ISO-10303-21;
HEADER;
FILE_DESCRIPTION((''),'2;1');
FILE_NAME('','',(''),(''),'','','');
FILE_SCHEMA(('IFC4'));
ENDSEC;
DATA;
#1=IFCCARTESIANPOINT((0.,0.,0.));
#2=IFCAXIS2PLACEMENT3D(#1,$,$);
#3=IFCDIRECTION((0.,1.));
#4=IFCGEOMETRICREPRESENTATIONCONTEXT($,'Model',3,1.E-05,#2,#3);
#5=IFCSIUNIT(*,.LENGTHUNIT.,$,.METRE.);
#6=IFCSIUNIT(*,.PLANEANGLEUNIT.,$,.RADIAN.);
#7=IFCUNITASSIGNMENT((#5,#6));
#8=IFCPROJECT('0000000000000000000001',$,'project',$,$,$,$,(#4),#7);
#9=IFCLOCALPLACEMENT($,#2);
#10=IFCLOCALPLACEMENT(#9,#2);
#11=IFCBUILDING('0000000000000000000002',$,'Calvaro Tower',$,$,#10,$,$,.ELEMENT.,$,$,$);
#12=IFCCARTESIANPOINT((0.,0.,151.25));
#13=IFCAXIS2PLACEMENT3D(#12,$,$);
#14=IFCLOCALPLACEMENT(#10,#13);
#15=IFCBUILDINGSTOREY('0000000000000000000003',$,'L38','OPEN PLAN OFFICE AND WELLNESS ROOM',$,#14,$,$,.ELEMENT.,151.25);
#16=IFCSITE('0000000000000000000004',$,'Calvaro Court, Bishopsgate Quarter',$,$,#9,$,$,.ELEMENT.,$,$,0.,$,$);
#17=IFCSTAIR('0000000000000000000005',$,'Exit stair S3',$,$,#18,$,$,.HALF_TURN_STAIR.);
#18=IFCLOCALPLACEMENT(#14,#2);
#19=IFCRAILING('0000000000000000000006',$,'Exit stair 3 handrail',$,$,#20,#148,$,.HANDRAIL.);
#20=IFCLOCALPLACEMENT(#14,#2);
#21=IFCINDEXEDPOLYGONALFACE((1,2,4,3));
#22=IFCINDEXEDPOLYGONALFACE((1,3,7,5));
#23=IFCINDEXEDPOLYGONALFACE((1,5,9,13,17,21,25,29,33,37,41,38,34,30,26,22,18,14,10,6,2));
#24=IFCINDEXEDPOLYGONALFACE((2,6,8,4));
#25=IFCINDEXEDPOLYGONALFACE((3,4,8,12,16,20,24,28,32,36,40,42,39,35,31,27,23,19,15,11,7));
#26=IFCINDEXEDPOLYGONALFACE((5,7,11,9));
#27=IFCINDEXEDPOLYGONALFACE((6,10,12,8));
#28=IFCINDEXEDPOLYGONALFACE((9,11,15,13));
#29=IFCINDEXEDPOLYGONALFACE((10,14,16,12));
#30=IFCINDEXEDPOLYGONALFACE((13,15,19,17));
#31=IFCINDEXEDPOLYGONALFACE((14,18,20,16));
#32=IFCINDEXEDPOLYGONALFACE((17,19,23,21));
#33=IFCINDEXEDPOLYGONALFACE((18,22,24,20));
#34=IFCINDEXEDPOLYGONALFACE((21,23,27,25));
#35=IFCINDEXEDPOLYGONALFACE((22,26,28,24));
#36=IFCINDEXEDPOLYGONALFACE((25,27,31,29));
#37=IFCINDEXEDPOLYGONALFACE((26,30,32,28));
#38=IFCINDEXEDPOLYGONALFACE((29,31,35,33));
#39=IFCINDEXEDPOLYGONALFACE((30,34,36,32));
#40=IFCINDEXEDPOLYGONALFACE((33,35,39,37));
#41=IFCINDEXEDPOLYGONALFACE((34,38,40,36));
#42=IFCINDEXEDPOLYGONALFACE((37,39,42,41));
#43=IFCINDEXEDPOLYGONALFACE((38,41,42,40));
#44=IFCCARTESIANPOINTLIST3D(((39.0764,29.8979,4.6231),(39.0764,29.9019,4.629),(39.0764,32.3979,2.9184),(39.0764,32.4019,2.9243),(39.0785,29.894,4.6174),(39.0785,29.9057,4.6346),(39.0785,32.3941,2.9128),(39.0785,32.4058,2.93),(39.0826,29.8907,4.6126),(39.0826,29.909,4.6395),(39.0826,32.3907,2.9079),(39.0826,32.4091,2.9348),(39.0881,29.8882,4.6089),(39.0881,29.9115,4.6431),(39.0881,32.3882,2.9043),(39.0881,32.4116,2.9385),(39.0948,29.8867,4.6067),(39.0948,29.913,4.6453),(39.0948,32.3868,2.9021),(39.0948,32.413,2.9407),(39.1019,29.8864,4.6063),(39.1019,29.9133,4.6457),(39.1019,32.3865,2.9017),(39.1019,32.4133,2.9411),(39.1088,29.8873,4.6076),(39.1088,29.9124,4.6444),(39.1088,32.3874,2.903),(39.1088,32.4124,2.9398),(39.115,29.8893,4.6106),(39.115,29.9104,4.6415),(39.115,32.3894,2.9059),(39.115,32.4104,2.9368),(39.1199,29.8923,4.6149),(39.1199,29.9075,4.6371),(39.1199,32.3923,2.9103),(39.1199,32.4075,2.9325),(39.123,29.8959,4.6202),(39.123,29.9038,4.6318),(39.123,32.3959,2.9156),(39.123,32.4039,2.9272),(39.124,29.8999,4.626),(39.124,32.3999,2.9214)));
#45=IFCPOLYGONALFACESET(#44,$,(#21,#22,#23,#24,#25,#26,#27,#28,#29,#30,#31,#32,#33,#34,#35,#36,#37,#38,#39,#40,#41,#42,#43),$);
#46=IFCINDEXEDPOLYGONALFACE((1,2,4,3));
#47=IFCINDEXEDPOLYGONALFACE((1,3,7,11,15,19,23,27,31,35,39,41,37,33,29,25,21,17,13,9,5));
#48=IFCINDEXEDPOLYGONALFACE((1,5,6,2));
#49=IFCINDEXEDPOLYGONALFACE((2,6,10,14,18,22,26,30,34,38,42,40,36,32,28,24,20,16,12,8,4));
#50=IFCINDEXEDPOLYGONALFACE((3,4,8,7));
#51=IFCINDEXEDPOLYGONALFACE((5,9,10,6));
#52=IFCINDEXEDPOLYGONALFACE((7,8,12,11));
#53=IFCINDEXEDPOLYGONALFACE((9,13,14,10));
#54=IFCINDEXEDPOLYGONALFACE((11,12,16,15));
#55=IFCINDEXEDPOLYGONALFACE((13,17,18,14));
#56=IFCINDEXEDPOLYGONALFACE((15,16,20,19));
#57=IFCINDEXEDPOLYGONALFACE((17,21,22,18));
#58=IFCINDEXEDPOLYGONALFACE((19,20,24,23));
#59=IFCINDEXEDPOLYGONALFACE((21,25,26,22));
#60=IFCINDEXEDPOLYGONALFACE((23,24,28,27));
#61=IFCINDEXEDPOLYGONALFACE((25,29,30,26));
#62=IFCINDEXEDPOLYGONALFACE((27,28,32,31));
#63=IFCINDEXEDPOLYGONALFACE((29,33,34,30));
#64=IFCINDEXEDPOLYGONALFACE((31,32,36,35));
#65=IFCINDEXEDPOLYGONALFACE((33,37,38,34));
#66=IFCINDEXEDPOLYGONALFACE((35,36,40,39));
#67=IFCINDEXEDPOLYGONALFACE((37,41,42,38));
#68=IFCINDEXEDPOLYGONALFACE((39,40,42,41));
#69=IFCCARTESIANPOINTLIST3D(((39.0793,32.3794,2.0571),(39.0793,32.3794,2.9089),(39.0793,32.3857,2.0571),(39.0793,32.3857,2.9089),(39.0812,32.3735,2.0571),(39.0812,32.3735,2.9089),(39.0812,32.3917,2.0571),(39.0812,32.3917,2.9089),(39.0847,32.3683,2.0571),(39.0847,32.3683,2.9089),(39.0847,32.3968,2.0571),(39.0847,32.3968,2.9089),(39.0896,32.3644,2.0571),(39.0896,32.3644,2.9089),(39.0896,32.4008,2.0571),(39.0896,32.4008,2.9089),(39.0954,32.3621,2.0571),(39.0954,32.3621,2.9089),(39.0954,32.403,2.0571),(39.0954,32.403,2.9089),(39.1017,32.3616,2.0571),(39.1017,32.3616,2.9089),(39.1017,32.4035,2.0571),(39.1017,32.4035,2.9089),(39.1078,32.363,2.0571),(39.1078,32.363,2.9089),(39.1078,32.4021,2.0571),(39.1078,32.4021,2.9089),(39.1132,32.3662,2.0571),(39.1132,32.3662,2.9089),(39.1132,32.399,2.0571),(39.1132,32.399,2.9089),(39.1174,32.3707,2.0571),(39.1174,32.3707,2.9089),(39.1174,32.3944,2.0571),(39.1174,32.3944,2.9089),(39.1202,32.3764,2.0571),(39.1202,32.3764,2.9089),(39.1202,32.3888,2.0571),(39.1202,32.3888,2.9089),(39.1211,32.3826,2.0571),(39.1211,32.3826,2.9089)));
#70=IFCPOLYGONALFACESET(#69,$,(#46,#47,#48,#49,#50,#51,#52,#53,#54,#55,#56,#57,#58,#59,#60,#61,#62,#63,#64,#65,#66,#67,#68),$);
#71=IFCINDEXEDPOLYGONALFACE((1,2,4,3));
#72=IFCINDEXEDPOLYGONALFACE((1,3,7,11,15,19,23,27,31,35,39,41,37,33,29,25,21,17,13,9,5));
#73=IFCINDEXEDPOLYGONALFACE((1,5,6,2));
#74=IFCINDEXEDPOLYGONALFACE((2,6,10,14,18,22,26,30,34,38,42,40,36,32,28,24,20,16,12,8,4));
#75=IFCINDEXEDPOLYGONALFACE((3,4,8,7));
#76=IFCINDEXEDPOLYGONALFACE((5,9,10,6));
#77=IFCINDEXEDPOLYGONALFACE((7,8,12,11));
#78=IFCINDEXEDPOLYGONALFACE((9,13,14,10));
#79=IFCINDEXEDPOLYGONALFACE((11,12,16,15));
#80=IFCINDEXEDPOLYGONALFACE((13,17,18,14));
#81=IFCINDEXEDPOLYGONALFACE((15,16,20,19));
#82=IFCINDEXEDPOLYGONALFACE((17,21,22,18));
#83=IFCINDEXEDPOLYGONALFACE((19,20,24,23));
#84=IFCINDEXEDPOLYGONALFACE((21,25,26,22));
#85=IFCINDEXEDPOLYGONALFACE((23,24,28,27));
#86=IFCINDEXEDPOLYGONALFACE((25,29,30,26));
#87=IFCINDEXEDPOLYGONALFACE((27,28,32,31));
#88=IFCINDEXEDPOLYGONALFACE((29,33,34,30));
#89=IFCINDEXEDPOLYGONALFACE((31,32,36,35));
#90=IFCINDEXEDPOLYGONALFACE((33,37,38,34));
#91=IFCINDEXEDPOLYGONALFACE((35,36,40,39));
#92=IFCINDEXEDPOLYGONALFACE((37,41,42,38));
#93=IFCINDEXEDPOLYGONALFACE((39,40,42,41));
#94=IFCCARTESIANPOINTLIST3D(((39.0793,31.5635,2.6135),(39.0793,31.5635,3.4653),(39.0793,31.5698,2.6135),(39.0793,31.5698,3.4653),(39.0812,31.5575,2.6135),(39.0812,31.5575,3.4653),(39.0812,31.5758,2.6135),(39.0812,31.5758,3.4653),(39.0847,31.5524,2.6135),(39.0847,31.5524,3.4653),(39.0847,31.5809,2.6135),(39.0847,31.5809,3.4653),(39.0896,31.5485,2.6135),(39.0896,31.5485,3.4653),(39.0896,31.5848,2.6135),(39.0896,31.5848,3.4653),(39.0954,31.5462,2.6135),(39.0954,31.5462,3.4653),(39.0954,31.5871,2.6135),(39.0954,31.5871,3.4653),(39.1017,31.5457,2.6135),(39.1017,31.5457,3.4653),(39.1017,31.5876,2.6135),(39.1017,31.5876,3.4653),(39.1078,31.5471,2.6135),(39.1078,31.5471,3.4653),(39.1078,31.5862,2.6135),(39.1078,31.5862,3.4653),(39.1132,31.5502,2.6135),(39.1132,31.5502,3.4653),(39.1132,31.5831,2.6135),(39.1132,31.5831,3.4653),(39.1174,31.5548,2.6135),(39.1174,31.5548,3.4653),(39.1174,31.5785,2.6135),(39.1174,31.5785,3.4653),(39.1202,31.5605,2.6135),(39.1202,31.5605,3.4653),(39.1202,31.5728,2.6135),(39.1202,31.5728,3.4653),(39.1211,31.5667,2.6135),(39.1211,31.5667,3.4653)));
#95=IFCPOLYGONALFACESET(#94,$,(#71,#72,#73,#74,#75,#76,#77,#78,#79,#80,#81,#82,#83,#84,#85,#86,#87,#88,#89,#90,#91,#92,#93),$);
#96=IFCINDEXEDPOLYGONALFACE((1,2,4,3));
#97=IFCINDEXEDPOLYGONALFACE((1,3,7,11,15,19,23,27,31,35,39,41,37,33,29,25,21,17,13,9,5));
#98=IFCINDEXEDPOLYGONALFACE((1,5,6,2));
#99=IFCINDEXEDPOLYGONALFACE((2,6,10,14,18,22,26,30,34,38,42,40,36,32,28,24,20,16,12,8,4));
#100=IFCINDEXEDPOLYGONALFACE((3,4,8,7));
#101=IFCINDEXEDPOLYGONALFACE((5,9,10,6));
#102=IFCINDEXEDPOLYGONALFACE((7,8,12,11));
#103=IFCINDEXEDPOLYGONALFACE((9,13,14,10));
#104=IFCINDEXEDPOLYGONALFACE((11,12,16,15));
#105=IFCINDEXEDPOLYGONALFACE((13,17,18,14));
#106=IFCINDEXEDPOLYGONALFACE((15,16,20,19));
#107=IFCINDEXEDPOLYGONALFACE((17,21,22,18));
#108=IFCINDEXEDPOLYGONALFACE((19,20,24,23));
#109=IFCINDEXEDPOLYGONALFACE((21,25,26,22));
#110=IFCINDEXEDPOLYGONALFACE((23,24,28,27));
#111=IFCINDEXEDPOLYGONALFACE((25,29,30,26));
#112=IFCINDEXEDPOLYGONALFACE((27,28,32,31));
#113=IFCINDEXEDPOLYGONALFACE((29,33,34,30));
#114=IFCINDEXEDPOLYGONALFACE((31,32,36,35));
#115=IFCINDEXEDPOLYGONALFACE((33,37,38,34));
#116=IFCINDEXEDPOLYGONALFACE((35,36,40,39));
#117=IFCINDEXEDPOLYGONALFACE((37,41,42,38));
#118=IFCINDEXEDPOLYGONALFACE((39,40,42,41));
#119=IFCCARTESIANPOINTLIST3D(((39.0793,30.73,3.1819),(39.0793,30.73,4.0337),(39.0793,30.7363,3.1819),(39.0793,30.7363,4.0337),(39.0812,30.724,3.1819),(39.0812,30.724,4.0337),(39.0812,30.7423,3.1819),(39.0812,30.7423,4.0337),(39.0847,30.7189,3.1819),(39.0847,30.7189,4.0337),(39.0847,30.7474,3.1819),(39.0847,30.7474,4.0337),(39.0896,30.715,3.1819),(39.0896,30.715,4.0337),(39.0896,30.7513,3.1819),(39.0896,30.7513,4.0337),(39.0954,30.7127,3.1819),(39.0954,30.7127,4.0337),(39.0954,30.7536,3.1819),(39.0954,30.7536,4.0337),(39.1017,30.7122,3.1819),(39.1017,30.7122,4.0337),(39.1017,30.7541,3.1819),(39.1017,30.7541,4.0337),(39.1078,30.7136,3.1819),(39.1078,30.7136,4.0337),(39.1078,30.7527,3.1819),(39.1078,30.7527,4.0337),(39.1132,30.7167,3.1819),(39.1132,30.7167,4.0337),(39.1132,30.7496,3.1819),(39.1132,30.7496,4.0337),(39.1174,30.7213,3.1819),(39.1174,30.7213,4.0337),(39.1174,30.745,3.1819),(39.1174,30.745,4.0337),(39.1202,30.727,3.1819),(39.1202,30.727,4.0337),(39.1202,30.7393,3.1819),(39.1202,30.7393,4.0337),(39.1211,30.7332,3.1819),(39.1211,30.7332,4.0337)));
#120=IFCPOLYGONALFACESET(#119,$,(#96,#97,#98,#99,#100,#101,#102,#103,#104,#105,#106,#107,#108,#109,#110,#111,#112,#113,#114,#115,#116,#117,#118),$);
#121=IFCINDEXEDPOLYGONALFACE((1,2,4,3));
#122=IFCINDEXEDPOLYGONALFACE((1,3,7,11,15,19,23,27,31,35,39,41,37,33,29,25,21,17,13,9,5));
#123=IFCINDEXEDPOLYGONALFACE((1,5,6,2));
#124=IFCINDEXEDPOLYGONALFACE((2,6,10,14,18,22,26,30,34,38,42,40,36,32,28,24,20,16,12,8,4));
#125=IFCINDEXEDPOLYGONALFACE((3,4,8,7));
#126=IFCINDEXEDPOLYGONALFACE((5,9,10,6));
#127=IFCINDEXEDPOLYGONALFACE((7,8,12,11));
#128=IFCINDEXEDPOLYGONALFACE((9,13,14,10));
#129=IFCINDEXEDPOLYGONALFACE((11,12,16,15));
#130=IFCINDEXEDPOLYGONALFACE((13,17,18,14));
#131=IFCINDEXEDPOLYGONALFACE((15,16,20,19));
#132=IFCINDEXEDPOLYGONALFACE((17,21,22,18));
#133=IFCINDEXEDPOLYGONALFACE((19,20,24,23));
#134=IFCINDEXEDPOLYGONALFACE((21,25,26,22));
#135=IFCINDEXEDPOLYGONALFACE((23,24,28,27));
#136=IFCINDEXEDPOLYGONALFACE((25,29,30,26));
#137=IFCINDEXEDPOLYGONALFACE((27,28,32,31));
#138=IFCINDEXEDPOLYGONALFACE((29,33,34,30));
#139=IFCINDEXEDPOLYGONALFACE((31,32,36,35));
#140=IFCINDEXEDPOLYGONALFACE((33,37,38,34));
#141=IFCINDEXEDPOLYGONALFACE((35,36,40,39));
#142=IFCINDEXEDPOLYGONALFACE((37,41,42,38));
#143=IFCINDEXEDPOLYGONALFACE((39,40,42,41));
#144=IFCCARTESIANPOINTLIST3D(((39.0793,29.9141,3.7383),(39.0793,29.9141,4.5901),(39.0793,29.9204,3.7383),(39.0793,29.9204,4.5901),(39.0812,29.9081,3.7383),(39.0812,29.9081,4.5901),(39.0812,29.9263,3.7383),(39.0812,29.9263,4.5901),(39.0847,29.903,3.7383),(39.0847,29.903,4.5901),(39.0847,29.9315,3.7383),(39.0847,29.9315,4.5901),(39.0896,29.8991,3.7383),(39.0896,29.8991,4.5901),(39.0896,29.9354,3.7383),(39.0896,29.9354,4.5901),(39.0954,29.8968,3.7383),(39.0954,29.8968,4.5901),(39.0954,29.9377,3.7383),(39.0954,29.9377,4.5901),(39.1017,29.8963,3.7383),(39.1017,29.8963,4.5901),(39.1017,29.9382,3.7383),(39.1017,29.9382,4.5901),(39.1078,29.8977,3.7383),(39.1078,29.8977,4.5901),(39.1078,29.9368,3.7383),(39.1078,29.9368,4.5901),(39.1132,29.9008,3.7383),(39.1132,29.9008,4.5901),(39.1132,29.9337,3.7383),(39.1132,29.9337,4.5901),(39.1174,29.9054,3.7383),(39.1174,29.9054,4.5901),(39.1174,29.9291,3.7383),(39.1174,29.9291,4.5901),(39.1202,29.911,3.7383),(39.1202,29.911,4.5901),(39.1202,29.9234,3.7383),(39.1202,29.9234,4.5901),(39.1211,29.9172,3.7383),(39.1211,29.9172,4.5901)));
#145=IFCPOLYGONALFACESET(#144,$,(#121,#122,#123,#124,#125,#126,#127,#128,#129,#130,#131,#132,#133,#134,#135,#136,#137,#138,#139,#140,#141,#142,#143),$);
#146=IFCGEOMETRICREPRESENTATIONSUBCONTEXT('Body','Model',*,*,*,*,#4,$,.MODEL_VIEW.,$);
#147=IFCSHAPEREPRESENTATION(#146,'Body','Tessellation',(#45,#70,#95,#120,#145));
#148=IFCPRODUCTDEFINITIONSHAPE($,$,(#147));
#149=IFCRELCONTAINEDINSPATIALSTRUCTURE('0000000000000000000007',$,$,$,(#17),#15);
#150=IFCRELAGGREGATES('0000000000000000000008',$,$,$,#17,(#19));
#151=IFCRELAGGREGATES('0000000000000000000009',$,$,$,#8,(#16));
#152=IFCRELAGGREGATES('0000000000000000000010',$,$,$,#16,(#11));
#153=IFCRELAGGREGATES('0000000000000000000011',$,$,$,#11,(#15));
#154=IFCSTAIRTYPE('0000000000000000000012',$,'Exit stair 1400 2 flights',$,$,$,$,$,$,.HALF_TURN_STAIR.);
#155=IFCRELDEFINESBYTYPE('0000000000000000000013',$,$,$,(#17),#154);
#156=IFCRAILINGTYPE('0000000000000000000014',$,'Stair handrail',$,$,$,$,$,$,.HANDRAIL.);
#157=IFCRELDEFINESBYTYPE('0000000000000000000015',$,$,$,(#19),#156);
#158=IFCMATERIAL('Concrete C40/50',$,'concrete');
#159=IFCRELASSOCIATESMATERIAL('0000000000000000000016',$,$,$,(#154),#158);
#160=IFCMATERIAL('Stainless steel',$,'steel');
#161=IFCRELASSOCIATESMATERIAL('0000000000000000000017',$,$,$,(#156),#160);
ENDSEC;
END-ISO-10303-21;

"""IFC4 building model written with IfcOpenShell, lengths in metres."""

from ifc_helpers import new_model, si_unit, direction, frame, origin, origin_2d, place, context, subcontext, project, spatial, circle, extrude, material, type_object, element, aggregate, save


model = new_model("IFC4")

# Units and contexts
model_context = context("Model", 3, precision=1e-05, world=origin(), true_north=direction((0.0, 1.0)))
body_context = subcontext(model_context, "Body", "Model", "MODEL_VIEW")
ifc_project = project(units=[si_unit("LENGTHUNIT", "METRE"), si_unit("PLANEANGLEUNIT", "RADIAN")], contexts=[model_context])

# Site, building, storey
site_placement = place(None, origin())
site = spatial("IfcSite", under=ifc_project, at=site_placement, Name="Calvaro Court, Bishopsgate Quarter", CompositionType="ELEMENT", RefElevation=0.0)
building_placement = place(site_placement, origin())
building = spatial("IfcBuilding", under=site, at=building_placement, Name="Calvaro Tower", CompositionType="ELEMENT")
storey_placement = place(building_placement, frame((0.0, 0.0, 151.25)))
storey = spatial("IfcBuildingStorey", under=building, at=storey_placement, Name="L38", Description="OPEN PLAN OFFICE AND WELLNESS ROOM", CompositionType="ELEMENT", Elevation=151.25)

# Stair
ifc_material_1 = material(Name="Concrete C40/50", Category="concrete")
stair_type = type_object("IfcStairType", Name="Exit stair 1400 2 flights", PredefinedType="HALF_TURN_STAIR", material=ifc_material_1)
stair_1_placement = place(storey_placement, origin())
stair_1 = element("IfcStair", 1, at=stair_1_placement, inside=storey, type_object=stair_type, Name="Exit stair S3", PredefinedType="HALF_TURN_STAIR")

# Railing
ifc_material_2 = material(Name="Stainless steel", Category="steel")
railing_type = type_object("IfcRailingType", Name="Stair handrail", PredefinedType="HANDRAIL", material=ifc_material_2)
railing_1_placement = place(storey_placement, frame((39.1001, 32.3999, 2.0454)))
railing_1 = element("IfcRailing", 2, at=railing_1_placement, type_object=railing_type, Name="Exit stair 3 handrail", PredefinedType="HANDRAIL", context=body_context, shape_type="SweptSolid", body=[
    extrude(circle(Radius=0.0239, at=origin_2d()), frame((0.0, 0.0, 0.876), z_axis=(0.0, -0.826221, 0.563347), x_axis=(1.0, 0.0, 0.0)), (0.0, 0.0, 1.0), 3.0259),
    extrude(circle(Radius=0.021, at=origin_2d()), frame((0.0, -0.0173, 0.0117)), (0.0, 0.0, 1.0), 0.8518),
    extrude(circle(Radius=0.021, at=origin_2d()), frame((0.0, -0.8333, 0.5681)), (0.0, 0.0, 1.0), 0.8518),
    extrude(circle(Radius=0.021, at=origin_2d()), frame((0.0, -1.6667, 1.1365)), (0.0, 0.0, 1.0), 0.8518),
    extrude(circle(Radius=0.021, at=origin_2d()), frame((0.0, -2.4827, 1.6929)), (0.0, 0.0, 1.0), 0.8518),
])
aggregate(stair_1, [railing_1])

save(model, "model.ifc")
